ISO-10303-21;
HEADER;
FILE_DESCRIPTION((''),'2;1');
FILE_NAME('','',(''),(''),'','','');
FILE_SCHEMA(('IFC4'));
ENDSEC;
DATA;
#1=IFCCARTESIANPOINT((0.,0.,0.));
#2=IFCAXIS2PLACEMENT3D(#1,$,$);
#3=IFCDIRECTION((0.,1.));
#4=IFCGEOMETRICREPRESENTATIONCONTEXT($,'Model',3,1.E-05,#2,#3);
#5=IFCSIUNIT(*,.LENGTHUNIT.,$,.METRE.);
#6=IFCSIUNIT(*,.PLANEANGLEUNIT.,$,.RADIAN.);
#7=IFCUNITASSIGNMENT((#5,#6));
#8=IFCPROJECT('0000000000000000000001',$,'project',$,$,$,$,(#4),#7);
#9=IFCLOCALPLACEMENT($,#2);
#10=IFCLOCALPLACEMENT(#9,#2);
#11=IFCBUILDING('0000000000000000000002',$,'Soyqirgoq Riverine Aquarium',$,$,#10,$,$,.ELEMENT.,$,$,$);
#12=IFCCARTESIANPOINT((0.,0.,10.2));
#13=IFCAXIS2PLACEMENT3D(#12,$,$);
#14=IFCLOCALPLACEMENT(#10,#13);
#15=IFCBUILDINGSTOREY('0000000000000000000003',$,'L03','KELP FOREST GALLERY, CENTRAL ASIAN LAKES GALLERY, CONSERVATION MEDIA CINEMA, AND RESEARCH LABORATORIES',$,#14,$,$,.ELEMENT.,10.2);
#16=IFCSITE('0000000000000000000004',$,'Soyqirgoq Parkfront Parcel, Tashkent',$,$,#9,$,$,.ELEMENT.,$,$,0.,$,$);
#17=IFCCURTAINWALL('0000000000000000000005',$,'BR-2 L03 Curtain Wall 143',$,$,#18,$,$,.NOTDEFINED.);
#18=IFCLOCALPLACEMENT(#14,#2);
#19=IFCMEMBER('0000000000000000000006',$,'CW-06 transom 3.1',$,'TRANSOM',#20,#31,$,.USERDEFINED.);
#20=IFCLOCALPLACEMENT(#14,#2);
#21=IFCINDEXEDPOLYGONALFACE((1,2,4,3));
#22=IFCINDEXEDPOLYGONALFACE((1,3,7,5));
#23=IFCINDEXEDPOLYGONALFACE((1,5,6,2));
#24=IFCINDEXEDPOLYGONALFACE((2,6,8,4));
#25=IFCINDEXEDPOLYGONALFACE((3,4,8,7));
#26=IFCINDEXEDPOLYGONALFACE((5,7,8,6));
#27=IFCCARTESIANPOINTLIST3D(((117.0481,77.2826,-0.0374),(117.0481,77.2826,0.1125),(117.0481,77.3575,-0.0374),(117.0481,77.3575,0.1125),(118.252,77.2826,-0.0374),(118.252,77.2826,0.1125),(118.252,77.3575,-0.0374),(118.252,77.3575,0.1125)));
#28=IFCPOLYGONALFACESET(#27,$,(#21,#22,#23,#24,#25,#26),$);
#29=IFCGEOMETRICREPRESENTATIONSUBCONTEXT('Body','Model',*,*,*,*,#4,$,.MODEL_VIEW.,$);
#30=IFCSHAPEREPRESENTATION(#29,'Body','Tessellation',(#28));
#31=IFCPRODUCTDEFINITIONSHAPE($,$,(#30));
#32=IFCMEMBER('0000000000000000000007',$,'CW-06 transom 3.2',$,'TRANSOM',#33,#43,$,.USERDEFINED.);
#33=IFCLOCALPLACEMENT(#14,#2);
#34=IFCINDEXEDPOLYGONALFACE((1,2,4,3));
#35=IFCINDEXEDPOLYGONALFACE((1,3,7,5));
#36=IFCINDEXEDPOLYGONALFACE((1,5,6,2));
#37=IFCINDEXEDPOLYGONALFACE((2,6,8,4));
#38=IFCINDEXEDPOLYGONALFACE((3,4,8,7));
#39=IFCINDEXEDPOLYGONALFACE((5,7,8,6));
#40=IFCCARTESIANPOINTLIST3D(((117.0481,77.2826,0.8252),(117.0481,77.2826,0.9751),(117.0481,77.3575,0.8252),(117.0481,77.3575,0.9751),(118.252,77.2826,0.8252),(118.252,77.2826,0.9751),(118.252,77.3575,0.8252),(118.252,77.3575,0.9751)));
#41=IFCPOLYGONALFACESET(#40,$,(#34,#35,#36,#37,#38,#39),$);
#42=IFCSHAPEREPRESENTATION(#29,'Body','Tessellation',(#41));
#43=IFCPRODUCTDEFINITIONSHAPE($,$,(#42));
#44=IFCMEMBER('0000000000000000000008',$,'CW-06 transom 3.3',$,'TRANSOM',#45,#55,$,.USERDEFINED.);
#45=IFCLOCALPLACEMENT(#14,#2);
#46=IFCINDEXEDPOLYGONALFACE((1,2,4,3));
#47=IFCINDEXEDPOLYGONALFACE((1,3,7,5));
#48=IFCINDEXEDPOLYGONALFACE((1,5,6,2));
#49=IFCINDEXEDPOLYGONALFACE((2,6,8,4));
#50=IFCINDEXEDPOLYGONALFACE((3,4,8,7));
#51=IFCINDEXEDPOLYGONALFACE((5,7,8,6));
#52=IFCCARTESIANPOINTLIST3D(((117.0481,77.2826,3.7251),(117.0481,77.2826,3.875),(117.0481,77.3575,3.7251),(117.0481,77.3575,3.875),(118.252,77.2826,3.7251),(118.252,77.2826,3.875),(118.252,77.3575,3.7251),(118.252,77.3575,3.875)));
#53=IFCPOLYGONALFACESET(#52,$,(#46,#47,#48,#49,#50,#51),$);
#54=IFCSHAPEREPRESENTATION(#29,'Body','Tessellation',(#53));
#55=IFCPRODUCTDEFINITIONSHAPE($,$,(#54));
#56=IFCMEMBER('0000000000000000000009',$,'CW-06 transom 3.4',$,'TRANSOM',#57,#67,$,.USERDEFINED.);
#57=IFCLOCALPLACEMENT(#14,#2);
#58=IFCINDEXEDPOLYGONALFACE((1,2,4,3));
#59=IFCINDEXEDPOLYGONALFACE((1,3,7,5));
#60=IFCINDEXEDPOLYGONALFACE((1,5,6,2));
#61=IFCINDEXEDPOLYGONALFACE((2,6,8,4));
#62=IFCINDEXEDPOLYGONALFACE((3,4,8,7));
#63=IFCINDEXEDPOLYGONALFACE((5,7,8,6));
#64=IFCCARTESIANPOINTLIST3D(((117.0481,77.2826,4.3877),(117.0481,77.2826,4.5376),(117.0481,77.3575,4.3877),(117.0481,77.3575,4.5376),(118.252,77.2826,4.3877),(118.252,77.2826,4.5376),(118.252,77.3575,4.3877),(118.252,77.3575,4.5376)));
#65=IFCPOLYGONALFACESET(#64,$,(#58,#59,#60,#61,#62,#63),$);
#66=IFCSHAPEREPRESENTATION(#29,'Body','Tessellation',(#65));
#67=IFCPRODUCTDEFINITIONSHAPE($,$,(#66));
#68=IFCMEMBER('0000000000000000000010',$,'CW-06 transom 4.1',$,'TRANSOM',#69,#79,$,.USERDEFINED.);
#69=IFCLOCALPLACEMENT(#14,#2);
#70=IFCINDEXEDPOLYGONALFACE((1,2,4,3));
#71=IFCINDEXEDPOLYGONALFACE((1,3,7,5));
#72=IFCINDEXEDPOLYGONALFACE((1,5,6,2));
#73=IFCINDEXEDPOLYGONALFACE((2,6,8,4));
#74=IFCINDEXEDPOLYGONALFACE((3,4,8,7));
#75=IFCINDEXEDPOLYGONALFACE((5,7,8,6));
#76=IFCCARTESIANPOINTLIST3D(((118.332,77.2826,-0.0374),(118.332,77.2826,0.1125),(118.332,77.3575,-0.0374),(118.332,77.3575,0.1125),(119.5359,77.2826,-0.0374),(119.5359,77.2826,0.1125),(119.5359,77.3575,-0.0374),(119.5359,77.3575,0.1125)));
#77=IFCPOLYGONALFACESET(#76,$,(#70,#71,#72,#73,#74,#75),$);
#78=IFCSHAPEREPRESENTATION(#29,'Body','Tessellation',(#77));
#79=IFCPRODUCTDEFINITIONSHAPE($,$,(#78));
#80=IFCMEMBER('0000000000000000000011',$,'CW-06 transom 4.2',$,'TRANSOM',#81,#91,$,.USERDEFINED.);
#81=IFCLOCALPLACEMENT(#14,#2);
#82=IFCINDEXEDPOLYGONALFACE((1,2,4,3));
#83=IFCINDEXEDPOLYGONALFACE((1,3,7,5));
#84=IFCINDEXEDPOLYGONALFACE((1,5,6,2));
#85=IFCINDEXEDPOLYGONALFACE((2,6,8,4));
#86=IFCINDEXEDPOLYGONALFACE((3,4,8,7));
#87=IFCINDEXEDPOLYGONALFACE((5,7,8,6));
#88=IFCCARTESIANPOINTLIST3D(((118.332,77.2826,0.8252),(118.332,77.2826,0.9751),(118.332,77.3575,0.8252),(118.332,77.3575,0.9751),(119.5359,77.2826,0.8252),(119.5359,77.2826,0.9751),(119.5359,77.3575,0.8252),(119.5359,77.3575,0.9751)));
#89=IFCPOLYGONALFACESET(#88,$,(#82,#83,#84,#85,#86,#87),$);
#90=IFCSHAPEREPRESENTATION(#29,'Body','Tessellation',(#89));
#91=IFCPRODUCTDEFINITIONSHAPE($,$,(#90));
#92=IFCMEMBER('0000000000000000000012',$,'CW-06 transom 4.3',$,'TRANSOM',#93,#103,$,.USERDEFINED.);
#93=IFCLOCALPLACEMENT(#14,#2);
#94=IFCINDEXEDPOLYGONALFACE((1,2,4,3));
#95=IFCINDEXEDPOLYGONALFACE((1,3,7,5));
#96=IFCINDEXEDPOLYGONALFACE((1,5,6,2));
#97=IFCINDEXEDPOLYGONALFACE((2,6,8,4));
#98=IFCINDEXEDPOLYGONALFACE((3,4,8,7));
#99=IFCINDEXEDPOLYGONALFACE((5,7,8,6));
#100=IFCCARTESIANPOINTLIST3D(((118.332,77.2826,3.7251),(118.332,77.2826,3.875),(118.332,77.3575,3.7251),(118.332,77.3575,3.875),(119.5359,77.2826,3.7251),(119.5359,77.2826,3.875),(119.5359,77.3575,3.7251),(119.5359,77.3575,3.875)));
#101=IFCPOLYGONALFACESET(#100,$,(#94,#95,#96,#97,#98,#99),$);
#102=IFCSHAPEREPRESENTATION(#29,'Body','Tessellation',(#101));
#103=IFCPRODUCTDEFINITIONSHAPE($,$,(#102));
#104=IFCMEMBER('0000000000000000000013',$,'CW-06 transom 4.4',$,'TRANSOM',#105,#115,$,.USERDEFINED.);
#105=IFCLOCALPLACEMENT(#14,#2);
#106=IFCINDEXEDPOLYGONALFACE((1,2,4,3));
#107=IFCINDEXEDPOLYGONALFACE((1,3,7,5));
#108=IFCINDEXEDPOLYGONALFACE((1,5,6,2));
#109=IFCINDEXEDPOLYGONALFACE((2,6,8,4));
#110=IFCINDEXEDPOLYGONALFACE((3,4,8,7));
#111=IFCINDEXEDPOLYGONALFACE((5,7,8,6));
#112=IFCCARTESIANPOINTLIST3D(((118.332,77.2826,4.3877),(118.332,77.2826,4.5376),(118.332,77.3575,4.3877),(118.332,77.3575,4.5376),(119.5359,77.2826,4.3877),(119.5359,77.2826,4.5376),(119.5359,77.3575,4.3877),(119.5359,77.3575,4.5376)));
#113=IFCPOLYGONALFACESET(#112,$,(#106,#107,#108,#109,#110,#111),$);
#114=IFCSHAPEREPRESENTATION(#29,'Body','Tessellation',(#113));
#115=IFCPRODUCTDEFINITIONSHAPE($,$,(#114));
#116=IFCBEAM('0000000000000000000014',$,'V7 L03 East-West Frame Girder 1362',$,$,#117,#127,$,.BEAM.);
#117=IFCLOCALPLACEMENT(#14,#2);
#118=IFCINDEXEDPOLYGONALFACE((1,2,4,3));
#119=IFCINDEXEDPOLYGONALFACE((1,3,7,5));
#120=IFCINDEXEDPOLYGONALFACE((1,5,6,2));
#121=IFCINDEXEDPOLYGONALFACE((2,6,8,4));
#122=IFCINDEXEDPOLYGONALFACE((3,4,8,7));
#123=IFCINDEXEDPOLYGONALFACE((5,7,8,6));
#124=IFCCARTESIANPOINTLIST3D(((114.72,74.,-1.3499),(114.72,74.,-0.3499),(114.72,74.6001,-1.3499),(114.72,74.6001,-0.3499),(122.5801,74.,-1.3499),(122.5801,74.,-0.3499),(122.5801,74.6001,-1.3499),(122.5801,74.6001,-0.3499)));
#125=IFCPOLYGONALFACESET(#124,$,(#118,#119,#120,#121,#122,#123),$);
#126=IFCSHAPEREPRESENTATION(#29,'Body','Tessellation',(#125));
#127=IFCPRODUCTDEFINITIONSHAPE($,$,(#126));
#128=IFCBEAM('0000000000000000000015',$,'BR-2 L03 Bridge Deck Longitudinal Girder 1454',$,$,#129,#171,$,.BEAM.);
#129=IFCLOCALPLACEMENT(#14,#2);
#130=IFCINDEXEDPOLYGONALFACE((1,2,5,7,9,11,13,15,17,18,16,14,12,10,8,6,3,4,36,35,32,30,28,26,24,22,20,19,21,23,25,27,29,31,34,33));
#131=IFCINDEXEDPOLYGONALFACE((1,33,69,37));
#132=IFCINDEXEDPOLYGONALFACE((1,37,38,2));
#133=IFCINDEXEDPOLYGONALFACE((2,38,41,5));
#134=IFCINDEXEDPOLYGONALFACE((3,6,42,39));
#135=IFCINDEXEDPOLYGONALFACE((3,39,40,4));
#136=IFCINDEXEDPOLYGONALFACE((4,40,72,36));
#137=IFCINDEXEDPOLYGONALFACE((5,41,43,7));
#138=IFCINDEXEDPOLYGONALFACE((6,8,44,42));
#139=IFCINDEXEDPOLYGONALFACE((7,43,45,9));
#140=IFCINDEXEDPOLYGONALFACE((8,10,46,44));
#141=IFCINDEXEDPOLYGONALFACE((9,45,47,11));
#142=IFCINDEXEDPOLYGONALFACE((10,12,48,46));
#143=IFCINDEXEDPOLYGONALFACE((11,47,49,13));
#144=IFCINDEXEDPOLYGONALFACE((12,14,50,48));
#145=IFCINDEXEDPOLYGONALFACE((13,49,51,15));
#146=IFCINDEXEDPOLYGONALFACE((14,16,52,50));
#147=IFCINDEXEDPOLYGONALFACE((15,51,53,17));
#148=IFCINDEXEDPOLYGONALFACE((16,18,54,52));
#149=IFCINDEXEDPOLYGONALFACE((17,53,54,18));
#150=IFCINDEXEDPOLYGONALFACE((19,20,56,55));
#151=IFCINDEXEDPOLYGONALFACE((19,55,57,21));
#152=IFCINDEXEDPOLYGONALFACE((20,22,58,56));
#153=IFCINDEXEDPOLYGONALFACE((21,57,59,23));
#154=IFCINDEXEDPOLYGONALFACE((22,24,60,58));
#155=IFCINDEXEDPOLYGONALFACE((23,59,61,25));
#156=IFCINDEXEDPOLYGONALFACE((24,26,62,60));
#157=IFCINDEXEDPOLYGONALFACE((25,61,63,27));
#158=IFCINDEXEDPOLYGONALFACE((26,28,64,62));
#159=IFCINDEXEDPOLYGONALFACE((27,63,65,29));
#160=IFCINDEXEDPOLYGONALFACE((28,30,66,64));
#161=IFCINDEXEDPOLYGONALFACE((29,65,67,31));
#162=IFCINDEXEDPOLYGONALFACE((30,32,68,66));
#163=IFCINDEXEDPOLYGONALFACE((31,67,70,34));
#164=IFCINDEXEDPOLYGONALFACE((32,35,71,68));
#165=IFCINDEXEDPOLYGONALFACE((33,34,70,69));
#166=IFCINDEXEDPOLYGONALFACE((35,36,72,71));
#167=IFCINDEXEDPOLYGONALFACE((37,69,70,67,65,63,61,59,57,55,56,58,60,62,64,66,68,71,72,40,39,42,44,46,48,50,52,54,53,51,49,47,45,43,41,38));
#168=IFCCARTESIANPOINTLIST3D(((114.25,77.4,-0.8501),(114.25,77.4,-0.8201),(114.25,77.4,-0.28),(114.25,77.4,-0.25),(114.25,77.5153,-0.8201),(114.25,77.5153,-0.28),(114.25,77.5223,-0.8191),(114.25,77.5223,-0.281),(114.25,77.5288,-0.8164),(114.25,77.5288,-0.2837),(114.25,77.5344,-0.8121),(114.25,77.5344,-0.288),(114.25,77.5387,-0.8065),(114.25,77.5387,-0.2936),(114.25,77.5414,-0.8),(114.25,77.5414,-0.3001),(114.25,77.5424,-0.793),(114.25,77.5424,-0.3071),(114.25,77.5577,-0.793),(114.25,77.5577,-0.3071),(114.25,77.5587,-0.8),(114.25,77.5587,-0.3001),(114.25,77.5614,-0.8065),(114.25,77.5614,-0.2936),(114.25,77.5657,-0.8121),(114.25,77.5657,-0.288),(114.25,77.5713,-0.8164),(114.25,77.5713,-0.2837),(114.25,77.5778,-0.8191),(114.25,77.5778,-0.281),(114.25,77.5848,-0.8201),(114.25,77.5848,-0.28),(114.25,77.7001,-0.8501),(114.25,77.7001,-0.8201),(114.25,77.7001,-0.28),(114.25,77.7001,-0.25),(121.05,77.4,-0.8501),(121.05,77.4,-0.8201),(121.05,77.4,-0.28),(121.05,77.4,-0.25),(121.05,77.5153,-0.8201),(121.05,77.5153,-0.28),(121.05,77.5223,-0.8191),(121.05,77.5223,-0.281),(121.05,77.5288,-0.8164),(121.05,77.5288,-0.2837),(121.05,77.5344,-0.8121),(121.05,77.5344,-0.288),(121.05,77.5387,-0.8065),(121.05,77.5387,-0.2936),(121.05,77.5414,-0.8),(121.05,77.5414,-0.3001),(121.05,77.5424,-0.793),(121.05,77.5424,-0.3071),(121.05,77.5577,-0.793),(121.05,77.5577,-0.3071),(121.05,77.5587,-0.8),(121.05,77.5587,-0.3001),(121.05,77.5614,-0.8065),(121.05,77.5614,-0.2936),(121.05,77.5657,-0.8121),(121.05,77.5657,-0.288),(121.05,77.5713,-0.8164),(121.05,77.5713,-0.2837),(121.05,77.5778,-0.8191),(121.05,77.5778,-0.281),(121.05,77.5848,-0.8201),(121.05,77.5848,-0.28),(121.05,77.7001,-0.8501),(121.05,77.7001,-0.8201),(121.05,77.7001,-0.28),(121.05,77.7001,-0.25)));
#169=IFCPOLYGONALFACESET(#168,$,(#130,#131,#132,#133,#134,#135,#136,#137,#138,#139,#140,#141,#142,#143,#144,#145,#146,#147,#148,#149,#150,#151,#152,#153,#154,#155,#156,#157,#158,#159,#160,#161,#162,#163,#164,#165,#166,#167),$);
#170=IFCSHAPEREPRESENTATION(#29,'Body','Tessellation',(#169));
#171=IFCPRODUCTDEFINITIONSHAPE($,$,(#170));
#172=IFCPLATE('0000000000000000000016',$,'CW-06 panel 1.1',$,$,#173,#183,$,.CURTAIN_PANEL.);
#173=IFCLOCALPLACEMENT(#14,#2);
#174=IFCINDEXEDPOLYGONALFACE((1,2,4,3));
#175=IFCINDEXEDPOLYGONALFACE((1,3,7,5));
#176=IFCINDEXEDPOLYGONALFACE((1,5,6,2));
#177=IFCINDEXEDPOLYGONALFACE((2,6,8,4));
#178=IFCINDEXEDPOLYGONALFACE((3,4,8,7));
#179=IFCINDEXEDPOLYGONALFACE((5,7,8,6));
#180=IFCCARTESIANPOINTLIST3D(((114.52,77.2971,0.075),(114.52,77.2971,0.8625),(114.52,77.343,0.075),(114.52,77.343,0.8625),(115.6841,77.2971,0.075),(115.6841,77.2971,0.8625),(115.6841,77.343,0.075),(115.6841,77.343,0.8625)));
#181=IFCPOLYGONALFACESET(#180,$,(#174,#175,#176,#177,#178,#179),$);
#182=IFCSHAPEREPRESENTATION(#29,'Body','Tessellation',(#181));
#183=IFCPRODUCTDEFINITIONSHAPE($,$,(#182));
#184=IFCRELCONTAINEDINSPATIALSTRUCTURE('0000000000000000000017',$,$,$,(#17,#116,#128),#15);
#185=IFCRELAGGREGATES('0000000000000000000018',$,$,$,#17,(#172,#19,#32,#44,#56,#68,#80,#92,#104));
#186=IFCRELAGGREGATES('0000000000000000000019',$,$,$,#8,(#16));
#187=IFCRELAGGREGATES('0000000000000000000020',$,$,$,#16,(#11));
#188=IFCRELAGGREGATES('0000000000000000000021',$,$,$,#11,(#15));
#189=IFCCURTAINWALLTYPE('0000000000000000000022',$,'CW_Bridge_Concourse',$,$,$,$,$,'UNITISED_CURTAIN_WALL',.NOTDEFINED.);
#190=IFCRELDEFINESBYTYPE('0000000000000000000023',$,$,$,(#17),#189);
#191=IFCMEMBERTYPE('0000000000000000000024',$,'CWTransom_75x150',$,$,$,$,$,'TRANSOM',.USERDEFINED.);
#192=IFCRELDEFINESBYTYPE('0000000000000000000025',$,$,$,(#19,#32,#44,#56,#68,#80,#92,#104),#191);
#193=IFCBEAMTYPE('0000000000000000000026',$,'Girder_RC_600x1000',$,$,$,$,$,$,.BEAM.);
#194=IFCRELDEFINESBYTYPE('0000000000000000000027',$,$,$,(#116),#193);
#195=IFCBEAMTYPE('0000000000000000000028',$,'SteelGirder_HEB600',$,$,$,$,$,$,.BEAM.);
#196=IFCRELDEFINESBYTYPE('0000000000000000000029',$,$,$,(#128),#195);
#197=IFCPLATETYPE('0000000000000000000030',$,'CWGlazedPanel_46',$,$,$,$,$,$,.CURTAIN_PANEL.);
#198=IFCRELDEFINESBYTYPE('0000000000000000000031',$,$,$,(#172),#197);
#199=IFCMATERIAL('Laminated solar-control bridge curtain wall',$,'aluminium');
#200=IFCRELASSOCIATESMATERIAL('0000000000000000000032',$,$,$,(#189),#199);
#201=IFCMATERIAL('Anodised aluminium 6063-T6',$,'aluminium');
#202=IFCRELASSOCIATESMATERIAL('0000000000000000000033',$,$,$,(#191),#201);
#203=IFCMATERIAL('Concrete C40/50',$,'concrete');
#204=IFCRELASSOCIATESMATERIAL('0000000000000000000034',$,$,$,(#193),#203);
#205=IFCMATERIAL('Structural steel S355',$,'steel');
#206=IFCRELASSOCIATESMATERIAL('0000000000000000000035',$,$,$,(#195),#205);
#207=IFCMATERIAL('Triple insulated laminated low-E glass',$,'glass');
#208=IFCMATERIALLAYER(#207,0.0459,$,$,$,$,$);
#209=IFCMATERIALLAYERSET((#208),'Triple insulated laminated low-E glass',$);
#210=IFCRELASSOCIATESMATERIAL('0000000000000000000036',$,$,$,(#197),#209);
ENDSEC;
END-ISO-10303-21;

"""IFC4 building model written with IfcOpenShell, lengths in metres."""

from ifc_helpers import new_model, si_unit, direction, frame, origin, origin_2d, place, context, subcontext, project, spatial, rectangle, i_section, extrude, material, layer, layer_set, material_profile, profile_set, type_object, element, aggregate, save


model = new_model("IFC4")

# Units and contexts
model_context = context("Model", 3, precision=1e-05, world=origin(), true_north=direction((0.0, 1.0)))
body_context = subcontext(model_context, "Body", "Model", "MODEL_VIEW")
ifc_project = project(units=[si_unit("LENGTHUNIT", "METRE"), si_unit("PLANEANGLEUNIT", "RADIAN")], contexts=[model_context])

# Site, building, storey
site_placement = place(None, origin())
site = spatial("IfcSite", under=ifc_project, at=site_placement, Name="Soyqirgoq Parkfront Parcel, Tashkent", CompositionType="ELEMENT", RefElevation=0.0)
building_placement = place(site_placement, origin())
building = spatial("IfcBuilding", under=site, at=building_placement, Name="Soyqirgoq Riverine Aquarium", CompositionType="ELEMENT")
storey_placement = place(building_placement, frame((0.0, 0.0, 10.2)))
storey = spatial("IfcBuildingStorey", under=building, at=storey_placement, Name="L03", Description="KELP FOREST GALLERY, CENTRAL ASIAN LAKES GALLERY, CONSERVATION MEDIA CINEMA, AND RESEARCH LABORATORIES", CompositionType="ELEMENT", Elevation=10.2)

# Curtain wall, members
ifc_material_1 = material(Name="Laminated solar-control bridge curtain wall", Category="aluminium")
curtain_wall_type = type_object("IfcCurtainWallType", Name="CW_Bridge_Concourse", ElementType="UNITISED_CURTAIN_WALL", PredefinedType="NOTDEFINED", material=ifc_material_1)
curtain_wall_placement = place(storey_placement, origin())
curtain_wall = element("IfcCurtainWall", 1, at=curtain_wall_placement, inside=storey, type_object=curtain_wall_type, Name="BR-2 L03 Curtain Wall 143", PredefinedType="NOTDEFINED")
ifc_material_2 = material(Name="Anodised aluminium 6063-T6", Category="aluminium")
ifc_material_profile_1 = material_profile(ifc_material_2, rectangle(XDim=0.075, YDim=0.1499, at=origin_2d()), Name="ALU-T 75x150")
ifc_profile_set_1 = profile_set([ifc_material_profile_1], Name="Anodised aluminium 6063-T6")
member_type_1 = type_object("IfcMemberType", Name="CWTransom_75x150", ElementType="TRANSOM", PredefinedType="USERDEFINED", material=ifc_profile_set_1)
member_1_placement = place(storey_placement, frame((117.0481, 77.3201, 0.0376), z_axis=(1.0, 0.0, 0.0), x_axis=(0.0, 1.0, 0.0)))
member_1 = element("IfcMember", 2, at=member_1_placement, type_object=member_type_1, Name="CW-06 transom 3.1", ObjectType="TRANSOM", PredefinedType="USERDEFINED", context=body_context, shape_type="SweptSolid", body=[
    extrude(rectangle(XDim=0.075, YDim=0.1499, at=origin_2d()), origin(), (0.0, 0.0, 1.0), 1.2039),
])
member_2_placement = place(storey_placement, frame((117.0481, 77.3201, 0.9001), z_axis=(1.0, 0.0, 0.0), x_axis=(0.0, 1.0, 0.0)))
member_2 = element("IfcMember", 3, at=member_2_placement, type_object=member_type_1, Name="CW-06 transom 3.2", ObjectType="TRANSOM", PredefinedType="USERDEFINED", context=body_context, shape_type="SweptSolid", body=[
    extrude(rectangle(XDim=0.075, YDim=0.1499, at=origin_2d()), origin(), (0.0, 0.0, 1.0), 1.2039),
])
member_3_placement = place(storey_placement, frame((117.0481, 77.3201, 3.8), z_axis=(1.0, 0.0, 0.0), x_axis=(0.0, 1.0, 0.0)))
member_3 = element("IfcMember", 4, at=member_3_placement, type_object=member_type_1, Name="CW-06 transom 3.3", ObjectType="TRANSOM", PredefinedType="USERDEFINED", context=body_context, shape_type="SweptSolid", body=[
    extrude(rectangle(XDim=0.075, YDim=0.1499, at=origin_2d()), origin(), (0.0, 0.0, 1.0), 1.2039),
])
member_4_placement = place(storey_placement, frame((117.0481, 77.3201, 4.4626), z_axis=(1.0, 0.0, 0.0), x_axis=(0.0, 1.0, 0.0)))
member_4 = element("IfcMember", 5, at=member_4_placement, type_object=member_type_1, Name="CW-06 transom 3.4", ObjectType="TRANSOM", PredefinedType="USERDEFINED", context=body_context, shape_type="SweptSolid", body=[
    extrude(rectangle(XDim=0.075, YDim=0.1499, at=origin_2d()), origin(), (0.0, 0.0, 1.0), 1.2039),
])
member_5_placement = place(storey_placement, frame((118.332, 77.3201, 0.0376), z_axis=(1.0, 0.0, 0.0), x_axis=(0.0, 1.0, 0.0)))
member_5 = element("IfcMember", 6, at=member_5_placement, type_object=member_type_1, Name="CW-06 transom 4.1", ObjectType="TRANSOM", PredefinedType="USERDEFINED", context=body_context, shape_type="SweptSolid", body=[
    extrude(rectangle(XDim=0.075, YDim=0.1499, at=origin_2d()), origin(), (0.0, 0.0, 1.0), 1.2039),
])
member_6_placement = place(storey_placement, frame((118.332, 77.3201, 0.9001), z_axis=(1.0, 0.0, 0.0), x_axis=(0.0, 1.0, 0.0)))
member_6 = element("IfcMember", 7, at=member_6_placement, type_object=member_type_1, Name="CW-06 transom 4.2", ObjectType="TRANSOM", PredefinedType="USERDEFINED", context=body_context, shape_type="SweptSolid", body=[
    extrude(rectangle(XDim=0.075, YDim=0.1499, at=origin_2d()), origin(), (0.0, 0.0, 1.0), 1.2039),
])
member_7_placement = place(storey_placement, frame((118.332, 77.3201, 3.8), z_axis=(1.0, 0.0, 0.0), x_axis=(0.0, 1.0, 0.0)))
member_7 = element("IfcMember", 8, at=member_7_placement, type_object=member_type_1, Name="CW-06 transom 4.3", ObjectType="TRANSOM", PredefinedType="USERDEFINED", context=body_context, shape_type="SweptSolid", body=[
    extrude(rectangle(XDim=0.075, YDim=0.1499, at=origin_2d()), origin(), (0.0, 0.0, 1.0), 1.2039),
])
member_8_placement = place(storey_placement, frame((118.332, 77.3201, 4.4626), z_axis=(1.0, 0.0, 0.0), x_axis=(0.0, 1.0, 0.0)))
member_8 = element("IfcMember", 9, at=member_8_placement, type_object=member_type_1, Name="CW-06 transom 4.4", ObjectType="TRANSOM", PredefinedType="USERDEFINED", context=body_context, shape_type="SweptSolid", body=[
    extrude(rectangle(XDim=0.075, YDim=0.1499, at=origin_2d()), origin(), (0.0, 0.0, 1.0), 1.2039),
])

# Beams
ifc_material_3 = material(Name="Concrete C40/50", Category="concrete")
ifc_material_profile_2 = material_profile(ifc_material_3, rectangle(XDim=0.6001, YDim=1.0, at=origin_2d()), Name="RC 600x1000")
ifc_profile_set_2 = profile_set([ifc_material_profile_2], Name="Concrete C40/50")
beam_type_1 = type_object("IfcBeamType", Name="Girder_RC_600x1000", PredefinedType="BEAM", material=ifc_profile_set_2)
beam_1_placement = place(storey_placement, frame((114.72, 74.3, -0.8499), z_axis=(1.0, 0.0, 0.0), x_axis=(0.0, 1.0, 0.0)))
element("IfcBeam", 10, at=beam_1_placement, inside=storey, type_object=beam_type_1, Name="V7 L03 East-West Frame Girder 1362", PredefinedType="BEAM", context=body_context, shape_type="SweptSolid", body=[
    extrude(rectangle(XDim=0.6001, YDim=1.0, at=origin_2d()), origin(), (0.0, 0.0, 1.0), 7.8601),
])
ifc_material_4 = material(Name="Structural steel S355", Category="steel")
ifc_material_profile_3 = material_profile(ifc_material_4, i_section(OverallWidth=0.3, OverallDepth=0.6001, WebThickness=0.0154, FlangeThickness=0.03, FilletRadius=0.0271, at=origin_2d()), Name="HEB 600")
ifc_profile_set_3 = profile_set([ifc_material_profile_3], Name="Structural steel S355")
beam_type_2 = type_object("IfcBeamType", Name="SteelGirder_HEB600", PredefinedType="BEAM", material=ifc_profile_set_3)
beam_2_placement = place(storey_placement, frame((114.25, 77.55, -0.55), z_axis=(1.0, 0.0, 0.0), x_axis=(0.0, 1.0, 0.0)))
element("IfcBeam", 11, at=beam_2_placement, inside=storey, type_object=beam_type_2, Name="BR-2 L03 Bridge Deck Longitudinal Girder 1454", PredefinedType="BEAM", context=body_context, shape_type="SweptSolid", body=[
    extrude(i_section(OverallWidth=0.3, OverallDepth=0.6001, WebThickness=0.0154, FlangeThickness=0.03, FilletRadius=0.0271, at=origin_2d()), origin(), (0.0, 0.0, 1.0), 6.8),
])

# Plate
ifc_material_5 = material(Name="Triple insulated laminated low-E glass", Category="glass")
ifc_layer = layer(ifc_material_5, 0.0459)
ifc_layer_set = layer_set([ifc_layer], Name="Triple insulated laminated low-E glass")
plate_type = type_object("IfcPlateType", Name="CWGlazedPanel_46", PredefinedType="CURTAIN_PANEL", material=ifc_layer_set)
plate_1_placement = place(storey_placement, frame((115.1021, 77.3201, 0.075), z_axis=(0.0, 0.0, 1.0), x_axis=(1.0, 0.0, 0.0)))
plate_1 = element("IfcPlate", 12, at=plate_1_placement, type_object=plate_type, Name="CW-06 panel 1.1", PredefinedType="CURTAIN_PANEL", context=body_context, shape_type="SweptSolid", body=[
    extrude(rectangle(XDim=1.1641, YDim=0.0459, at=origin_2d()), origin(), (0.0, 0.0, 1.0), 0.7876),
])
aggregate(curtain_wall, [plate_1, member_1, member_2, member_3, member_4, member_5, member_6, member_7, member_8])

save(model, "model.ifc")
